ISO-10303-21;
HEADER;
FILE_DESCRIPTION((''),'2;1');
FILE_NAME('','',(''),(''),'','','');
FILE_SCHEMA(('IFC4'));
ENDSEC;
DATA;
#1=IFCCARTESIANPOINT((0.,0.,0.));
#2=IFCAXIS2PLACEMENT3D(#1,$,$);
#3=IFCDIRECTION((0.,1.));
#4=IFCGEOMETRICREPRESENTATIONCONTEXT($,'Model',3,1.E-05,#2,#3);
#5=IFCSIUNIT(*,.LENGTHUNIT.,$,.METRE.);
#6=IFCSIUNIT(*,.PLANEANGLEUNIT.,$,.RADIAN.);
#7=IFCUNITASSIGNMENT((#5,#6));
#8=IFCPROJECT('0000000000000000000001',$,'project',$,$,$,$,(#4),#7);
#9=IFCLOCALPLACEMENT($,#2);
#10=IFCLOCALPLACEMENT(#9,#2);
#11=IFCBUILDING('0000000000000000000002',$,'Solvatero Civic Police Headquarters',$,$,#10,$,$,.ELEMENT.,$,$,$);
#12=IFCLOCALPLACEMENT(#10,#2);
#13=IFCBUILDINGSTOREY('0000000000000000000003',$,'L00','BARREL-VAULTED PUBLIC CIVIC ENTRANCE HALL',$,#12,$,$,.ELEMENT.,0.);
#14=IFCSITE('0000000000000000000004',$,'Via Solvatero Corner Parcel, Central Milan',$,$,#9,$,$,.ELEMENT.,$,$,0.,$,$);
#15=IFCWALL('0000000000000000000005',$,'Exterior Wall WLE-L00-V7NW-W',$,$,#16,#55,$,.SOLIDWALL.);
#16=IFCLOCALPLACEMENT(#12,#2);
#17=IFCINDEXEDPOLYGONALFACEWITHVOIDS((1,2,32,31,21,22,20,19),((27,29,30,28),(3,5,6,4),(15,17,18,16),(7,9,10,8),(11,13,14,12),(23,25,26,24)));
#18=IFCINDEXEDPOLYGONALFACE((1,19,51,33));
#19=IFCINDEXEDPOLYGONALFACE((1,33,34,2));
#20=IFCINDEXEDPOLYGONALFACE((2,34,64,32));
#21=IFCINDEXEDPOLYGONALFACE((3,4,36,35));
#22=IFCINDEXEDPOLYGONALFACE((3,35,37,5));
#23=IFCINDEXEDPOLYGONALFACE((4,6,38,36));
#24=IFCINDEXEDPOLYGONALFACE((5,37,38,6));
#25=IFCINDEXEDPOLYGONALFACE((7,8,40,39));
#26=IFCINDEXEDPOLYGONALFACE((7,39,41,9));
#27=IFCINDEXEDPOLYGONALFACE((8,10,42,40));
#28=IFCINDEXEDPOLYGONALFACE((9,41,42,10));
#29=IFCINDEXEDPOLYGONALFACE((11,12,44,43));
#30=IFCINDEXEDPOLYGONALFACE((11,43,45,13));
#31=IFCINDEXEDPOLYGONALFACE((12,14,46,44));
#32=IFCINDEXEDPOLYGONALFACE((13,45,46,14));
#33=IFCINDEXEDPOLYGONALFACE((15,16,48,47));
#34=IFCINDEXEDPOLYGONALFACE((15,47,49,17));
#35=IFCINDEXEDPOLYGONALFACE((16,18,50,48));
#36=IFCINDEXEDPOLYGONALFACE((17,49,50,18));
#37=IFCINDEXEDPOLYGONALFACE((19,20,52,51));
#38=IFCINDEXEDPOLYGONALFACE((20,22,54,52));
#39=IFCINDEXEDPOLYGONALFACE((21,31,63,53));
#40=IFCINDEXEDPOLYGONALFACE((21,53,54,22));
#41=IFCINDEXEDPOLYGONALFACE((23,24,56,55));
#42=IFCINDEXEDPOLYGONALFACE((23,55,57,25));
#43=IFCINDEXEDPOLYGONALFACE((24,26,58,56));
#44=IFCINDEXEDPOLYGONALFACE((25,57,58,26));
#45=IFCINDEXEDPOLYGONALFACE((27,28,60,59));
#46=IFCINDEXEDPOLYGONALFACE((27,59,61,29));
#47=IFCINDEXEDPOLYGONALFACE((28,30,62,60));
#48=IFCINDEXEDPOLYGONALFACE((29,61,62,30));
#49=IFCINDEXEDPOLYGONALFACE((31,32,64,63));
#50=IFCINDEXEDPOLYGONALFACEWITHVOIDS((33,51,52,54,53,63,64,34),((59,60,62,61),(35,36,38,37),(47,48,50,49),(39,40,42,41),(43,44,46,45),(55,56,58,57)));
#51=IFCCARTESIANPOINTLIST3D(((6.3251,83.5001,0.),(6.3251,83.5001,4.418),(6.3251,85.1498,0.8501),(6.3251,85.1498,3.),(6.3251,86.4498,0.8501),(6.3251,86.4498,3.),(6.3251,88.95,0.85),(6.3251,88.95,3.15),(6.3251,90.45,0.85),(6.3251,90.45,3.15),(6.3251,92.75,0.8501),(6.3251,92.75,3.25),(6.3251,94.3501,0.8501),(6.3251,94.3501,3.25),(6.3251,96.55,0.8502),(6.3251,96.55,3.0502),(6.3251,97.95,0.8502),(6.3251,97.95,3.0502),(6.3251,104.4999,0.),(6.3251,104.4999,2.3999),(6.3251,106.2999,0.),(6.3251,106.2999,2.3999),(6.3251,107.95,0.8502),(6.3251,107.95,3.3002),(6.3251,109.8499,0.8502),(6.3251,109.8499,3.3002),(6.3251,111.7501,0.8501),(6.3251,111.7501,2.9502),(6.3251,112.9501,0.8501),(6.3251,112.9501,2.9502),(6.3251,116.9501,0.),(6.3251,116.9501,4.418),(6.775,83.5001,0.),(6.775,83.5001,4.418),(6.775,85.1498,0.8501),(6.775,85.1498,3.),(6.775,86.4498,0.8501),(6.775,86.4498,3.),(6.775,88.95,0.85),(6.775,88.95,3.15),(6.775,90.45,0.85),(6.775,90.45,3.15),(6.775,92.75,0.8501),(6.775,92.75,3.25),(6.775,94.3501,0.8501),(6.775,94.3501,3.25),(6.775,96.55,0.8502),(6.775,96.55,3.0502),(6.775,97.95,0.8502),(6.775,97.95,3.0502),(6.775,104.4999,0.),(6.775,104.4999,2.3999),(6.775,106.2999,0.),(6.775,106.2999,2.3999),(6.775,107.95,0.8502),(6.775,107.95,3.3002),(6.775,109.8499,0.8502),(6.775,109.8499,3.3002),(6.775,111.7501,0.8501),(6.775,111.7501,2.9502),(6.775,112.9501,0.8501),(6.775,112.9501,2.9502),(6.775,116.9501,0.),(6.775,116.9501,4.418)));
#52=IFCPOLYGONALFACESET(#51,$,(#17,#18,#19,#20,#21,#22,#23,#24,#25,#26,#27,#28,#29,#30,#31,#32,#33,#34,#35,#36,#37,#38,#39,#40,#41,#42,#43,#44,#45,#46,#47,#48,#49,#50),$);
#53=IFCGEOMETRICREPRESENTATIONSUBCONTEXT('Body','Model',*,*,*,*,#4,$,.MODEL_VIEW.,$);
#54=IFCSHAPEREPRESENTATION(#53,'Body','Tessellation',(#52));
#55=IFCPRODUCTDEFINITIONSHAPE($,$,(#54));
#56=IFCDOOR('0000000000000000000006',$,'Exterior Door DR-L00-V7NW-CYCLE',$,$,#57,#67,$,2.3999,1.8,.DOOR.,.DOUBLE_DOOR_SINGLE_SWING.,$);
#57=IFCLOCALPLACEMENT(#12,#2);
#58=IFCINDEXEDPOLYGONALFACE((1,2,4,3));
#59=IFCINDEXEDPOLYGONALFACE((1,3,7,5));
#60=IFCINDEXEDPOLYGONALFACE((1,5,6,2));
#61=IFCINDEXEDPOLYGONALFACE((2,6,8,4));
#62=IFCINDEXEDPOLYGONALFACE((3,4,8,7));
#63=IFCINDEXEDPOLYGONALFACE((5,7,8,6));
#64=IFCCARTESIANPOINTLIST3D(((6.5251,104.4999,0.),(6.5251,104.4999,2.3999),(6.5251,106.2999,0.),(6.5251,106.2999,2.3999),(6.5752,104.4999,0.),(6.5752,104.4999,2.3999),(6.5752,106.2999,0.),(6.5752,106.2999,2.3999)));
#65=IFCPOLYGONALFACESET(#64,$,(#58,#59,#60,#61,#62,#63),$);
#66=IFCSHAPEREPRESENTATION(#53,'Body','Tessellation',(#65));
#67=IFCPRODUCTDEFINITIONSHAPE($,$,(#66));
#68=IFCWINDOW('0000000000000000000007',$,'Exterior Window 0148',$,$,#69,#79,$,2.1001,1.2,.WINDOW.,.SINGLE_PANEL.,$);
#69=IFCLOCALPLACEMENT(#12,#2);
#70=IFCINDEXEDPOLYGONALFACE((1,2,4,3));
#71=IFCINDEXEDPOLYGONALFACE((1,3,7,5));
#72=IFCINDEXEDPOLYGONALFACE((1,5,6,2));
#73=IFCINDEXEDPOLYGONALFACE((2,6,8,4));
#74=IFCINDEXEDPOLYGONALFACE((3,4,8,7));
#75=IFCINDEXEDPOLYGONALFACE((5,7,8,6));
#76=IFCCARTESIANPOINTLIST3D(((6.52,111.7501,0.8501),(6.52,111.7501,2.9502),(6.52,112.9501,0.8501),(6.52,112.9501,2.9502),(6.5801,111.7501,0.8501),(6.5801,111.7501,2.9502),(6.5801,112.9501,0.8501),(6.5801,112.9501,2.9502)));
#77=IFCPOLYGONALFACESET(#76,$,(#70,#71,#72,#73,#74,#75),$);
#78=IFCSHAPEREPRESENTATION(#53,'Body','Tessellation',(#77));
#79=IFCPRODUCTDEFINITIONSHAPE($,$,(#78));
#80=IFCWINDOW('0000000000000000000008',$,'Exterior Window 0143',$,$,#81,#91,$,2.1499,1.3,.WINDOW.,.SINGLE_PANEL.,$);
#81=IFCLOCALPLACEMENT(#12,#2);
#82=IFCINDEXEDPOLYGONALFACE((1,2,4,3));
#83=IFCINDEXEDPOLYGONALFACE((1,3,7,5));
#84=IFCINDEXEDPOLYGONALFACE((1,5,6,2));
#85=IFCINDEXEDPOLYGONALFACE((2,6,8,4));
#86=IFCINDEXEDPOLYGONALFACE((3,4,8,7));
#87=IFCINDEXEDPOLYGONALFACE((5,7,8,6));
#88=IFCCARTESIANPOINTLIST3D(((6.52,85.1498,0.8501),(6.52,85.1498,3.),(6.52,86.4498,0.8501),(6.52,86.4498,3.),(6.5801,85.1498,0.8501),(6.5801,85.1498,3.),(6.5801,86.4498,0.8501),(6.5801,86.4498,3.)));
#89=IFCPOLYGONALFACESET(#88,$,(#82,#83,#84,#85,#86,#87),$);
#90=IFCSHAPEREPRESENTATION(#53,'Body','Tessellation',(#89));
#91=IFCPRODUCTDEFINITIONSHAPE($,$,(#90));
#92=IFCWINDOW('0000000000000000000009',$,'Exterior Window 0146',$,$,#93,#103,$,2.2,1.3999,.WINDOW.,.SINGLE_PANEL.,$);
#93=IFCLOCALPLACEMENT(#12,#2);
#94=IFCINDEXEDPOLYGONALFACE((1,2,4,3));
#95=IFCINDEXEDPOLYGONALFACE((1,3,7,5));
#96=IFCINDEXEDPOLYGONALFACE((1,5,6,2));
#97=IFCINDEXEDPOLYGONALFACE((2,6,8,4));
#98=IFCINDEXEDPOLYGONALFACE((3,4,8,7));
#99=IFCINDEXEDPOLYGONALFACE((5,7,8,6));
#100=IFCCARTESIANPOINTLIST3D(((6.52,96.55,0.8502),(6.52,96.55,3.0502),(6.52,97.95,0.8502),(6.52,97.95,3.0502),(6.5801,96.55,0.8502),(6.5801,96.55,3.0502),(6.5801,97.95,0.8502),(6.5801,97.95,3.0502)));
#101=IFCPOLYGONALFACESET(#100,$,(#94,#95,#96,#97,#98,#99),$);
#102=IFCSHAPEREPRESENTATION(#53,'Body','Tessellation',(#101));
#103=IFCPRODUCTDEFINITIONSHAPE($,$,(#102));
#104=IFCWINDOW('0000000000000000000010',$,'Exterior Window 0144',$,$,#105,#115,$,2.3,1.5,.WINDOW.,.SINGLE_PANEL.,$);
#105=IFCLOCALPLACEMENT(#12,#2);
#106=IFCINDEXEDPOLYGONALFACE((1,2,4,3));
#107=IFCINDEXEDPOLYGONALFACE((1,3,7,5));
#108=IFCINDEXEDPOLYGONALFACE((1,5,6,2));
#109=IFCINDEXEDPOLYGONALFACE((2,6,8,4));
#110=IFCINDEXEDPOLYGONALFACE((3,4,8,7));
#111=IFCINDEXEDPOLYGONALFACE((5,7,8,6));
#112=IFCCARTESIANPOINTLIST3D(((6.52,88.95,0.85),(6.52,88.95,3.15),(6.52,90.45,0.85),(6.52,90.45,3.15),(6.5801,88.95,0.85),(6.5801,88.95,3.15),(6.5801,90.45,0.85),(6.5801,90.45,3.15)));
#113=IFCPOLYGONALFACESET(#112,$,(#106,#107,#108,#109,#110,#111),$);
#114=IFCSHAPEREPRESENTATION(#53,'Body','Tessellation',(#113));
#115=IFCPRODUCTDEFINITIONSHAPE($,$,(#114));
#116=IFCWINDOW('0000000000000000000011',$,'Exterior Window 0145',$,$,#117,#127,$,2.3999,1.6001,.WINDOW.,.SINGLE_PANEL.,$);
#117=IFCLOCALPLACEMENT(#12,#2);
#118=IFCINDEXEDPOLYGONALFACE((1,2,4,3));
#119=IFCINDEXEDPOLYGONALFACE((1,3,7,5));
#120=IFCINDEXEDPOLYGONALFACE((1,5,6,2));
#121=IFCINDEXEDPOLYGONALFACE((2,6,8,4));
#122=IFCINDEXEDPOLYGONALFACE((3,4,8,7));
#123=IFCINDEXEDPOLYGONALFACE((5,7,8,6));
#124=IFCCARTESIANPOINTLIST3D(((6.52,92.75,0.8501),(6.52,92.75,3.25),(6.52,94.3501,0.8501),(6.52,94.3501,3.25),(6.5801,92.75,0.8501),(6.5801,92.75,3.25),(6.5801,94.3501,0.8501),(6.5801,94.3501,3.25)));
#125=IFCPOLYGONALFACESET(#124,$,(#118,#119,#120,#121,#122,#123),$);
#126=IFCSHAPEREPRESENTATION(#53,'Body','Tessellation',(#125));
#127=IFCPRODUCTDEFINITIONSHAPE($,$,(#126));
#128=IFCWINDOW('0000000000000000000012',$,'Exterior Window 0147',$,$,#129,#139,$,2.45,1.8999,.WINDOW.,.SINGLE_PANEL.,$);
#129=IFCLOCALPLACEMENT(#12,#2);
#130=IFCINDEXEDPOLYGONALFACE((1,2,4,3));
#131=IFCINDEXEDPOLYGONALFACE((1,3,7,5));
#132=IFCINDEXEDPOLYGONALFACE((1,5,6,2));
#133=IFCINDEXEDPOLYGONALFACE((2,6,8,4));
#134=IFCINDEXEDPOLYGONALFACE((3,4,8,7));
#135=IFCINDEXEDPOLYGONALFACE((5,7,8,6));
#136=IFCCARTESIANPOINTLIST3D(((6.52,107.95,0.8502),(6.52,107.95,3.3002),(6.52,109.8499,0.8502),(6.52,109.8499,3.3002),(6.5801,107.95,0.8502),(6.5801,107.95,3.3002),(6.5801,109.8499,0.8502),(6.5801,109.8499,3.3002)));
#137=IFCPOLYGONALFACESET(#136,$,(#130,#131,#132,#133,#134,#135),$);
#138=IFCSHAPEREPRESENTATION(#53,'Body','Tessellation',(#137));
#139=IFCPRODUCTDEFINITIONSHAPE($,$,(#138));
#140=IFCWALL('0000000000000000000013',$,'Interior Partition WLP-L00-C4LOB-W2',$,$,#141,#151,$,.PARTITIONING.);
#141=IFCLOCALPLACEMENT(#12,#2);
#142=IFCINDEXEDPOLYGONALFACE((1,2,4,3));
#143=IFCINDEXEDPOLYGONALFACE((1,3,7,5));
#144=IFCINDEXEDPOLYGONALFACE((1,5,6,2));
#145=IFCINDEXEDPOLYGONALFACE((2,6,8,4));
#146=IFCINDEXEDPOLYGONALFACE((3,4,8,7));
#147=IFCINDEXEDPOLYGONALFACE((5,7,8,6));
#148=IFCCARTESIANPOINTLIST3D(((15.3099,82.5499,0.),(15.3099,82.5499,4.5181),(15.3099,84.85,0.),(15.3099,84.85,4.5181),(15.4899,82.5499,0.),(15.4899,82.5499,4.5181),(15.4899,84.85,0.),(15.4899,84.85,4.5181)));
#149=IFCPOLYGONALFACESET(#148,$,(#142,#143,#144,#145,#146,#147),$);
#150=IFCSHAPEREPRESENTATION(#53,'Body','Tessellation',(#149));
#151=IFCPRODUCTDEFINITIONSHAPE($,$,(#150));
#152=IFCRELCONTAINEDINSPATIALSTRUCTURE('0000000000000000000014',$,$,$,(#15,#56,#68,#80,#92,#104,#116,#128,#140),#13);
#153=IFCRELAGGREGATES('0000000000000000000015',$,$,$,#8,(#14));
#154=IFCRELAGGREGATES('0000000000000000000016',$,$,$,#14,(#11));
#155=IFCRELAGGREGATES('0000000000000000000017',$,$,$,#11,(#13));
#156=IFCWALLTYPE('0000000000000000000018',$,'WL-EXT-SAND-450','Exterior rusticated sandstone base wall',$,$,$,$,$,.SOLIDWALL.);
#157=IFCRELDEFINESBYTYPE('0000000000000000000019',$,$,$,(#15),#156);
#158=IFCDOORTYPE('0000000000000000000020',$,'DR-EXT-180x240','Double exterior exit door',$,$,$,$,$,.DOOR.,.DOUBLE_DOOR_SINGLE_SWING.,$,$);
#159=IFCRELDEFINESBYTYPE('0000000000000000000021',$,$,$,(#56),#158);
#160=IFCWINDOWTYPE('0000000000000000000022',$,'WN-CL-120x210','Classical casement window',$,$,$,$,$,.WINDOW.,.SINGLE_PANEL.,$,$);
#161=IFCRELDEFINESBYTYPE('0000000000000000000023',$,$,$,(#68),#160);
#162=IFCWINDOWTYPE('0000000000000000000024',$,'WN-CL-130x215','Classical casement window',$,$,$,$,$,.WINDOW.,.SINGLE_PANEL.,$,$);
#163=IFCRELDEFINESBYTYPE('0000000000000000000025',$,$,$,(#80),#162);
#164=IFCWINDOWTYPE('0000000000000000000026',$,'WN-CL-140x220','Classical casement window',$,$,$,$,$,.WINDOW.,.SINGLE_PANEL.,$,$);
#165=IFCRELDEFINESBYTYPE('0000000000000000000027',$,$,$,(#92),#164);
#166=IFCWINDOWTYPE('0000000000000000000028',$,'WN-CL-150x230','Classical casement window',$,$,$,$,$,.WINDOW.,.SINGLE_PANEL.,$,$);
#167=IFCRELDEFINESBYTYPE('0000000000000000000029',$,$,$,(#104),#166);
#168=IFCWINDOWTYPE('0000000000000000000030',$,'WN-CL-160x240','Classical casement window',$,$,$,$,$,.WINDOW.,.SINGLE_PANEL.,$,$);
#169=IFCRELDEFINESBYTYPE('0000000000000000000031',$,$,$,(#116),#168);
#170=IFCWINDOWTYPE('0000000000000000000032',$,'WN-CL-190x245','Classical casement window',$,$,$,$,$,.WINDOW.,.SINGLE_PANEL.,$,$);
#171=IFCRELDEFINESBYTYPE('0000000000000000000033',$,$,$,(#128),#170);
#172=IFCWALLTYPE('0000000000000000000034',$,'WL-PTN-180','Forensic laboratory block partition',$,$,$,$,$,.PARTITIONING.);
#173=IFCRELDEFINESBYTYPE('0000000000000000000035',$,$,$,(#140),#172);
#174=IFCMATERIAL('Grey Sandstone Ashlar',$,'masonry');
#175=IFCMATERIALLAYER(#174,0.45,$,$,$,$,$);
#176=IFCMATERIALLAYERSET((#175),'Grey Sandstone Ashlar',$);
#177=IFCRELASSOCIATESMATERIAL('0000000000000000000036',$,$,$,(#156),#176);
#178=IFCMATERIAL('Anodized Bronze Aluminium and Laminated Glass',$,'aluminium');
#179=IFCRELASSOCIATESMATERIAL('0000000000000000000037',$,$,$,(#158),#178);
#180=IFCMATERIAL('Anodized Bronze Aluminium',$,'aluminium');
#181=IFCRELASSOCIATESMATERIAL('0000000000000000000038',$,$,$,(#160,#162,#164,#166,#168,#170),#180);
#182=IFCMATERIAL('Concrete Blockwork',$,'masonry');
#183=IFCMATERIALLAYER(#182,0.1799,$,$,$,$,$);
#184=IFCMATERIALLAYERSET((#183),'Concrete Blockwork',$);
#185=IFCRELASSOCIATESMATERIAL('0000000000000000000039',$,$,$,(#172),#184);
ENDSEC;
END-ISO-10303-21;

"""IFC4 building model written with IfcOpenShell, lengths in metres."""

from ifc_helpers import new_model, si_unit, direction, frame, frame_2d, origin, place, context, subcontext, project, spatial, rectangle, extrude, material, layer, layer_set, type_object, element, fill, save


model = new_model("IFC4")

# Units and contexts
model_context = context("Model", 3, precision=1e-05, world=origin(), true_north=direction((0.0, 1.0)))
body_context = subcontext(model_context, "Body", "Model", "MODEL_VIEW")
ifc_project = project(units=[si_unit("LENGTHUNIT", "METRE"), si_unit("PLANEANGLEUNIT", "RADIAN")], contexts=[model_context])

# Site, building, storey
site_placement = place(None, origin())
site = spatial("IfcSite", under=ifc_project, at=site_placement, Name="Via Solvatero Corner Parcel, Central Milan", CompositionType="ELEMENT", RefElevation=0.0)
building_placement = place(site_placement, origin())
building = spatial("IfcBuilding", under=site, at=building_placement, Name="Solvatero Civic Police Headquarters", CompositionType="ELEMENT")
storey_placement = place(building_placement, origin())
storey = spatial("IfcBuildingStorey", under=building, at=storey_placement, Name="L00", Description="BARREL-VAULTED PUBLIC CIVIC ENTRANCE HALL", CompositionType="ELEMENT", Elevation=0.0)

# Wall, openings, door, windows
ifc_material_1 = material(Name="Grey Sandstone Ashlar", Category="masonry")
ifc_layer_1 = layer(ifc_material_1, 0.45)
ifc_layer_set_1 = layer_set([ifc_layer_1], Name="Grey Sandstone Ashlar")
wall_type_1 = type_object("IfcWallType", Name="WL-EXT-SAND-450", Description="Exterior rusticated sandstone base wall", PredefinedType="SOLIDWALL", material=ifc_layer_set_1)
wall_1_placement = place(storey_placement, frame((6.55, 83.5, 0.0), z_axis=(0.0, 0.0, 1.0), x_axis=(0.0, 1.0, 0.0)))
wall_1 = element("IfcWall", 1, at=wall_1_placement, inside=storey, type_object=wall_type_1, Name="Exterior Wall WLE-L00-V7NW-W", PredefinedType="SOLIDWALL", context=body_context, shape_type="SweptSolid", body=[
    extrude(rectangle(XDim=33.45, YDim=0.45, at=frame_2d((16.7251, 0.0))), origin(), (0.0, 0.0, 1.0), 4.418),
])
opening_1_placement = place(wall_1_placement, frame((21.0, 0.0, 0.0)))
opening_1 = element("IfcOpeningElement", 2, at=opening_1_placement, cuts=wall_1, PredefinedType="OPENING", context=body_context, shape_type="SweptSolid", body=[
    extrude(rectangle(XDim=1.8, YDim=2.3999, at=frame_2d((0.8999, 1.2))), frame((0.0, 0.2349, 0.0), z_axis=(0.0, -1.0, 0.0), x_axis=(1.0, 0.0, 0.0)), (0.0, 0.0, 1.0), 0.47),
])
opening_2_placement = place(wall_1_placement, frame((1.6499, 0.0, 0.8501)))
opening_2 = element("IfcOpeningElement", 3, at=opening_2_placement, cuts=wall_1, PredefinedType="OPENING", context=body_context, shape_type="SweptSolid", body=[
    extrude(rectangle(XDim=1.3, YDim=2.1499, at=frame_2d((0.6499, 1.075))), frame((0.0, 0.2349, 0.0), z_axis=(0.0, -1.0, 0.0), x_axis=(1.0, 0.0, 0.0)), (0.0, 0.0, 1.0), 0.47),
])
opening_3_placement = place(wall_1_placement, frame((5.45, 0.0, 0.8501)))
opening_3 = element("IfcOpeningElement", 4, at=opening_3_placement, cuts=wall_1, PredefinedType="OPENING", context=body_context, shape_type="SweptSolid", body=[
    extrude(rectangle(XDim=1.5, YDim=2.3, at=frame_2d((0.75, 1.1499))), frame((0.0, 0.2349, 0.0), z_axis=(0.0, -1.0, 0.0), x_axis=(1.0, 0.0, 0.0)), (0.0, 0.0, 1.0), 0.47),
])
opening_4_placement = place(wall_1_placement, frame((9.25, 0.0, 0.8501)))
opening_4 = element("IfcOpeningElement", 5, at=opening_4_placement, cuts=wall_1, PredefinedType="OPENING", context=body_context, shape_type="SweptSolid", body=[
    extrude(rectangle(XDim=1.6001, YDim=2.3999, at=frame_2d((0.8, 1.2))), frame((0.0, 0.2349, 0.0), z_axis=(0.0, -1.0, 0.0), x_axis=(1.0, 0.0, 0.0)), (0.0, 0.0, 1.0), 0.47),
])
opening_5_placement = place(wall_1_placement, frame((13.05, 0.0, 0.8501)))
opening_5 = element("IfcOpeningElement", 6, at=opening_5_placement, cuts=wall_1, PredefinedType="OPENING", context=body_context, shape_type="SweptSolid", body=[
    extrude(rectangle(XDim=1.3999, YDim=2.2, at=frame_2d((0.7, 1.1001))), frame((0.0, 0.2349, 0.0), z_axis=(0.0, -1.0, 0.0), x_axis=(1.0, 0.0, 0.0)), (0.0, 0.0, 1.0), 0.47),
])
opening_6_placement = place(wall_1_placement, frame((24.45, 0.0, 0.8501)))
opening_6 = element("IfcOpeningElement", 7, at=opening_6_placement, cuts=wall_1, PredefinedType="OPENING", context=body_context, shape_type="SweptSolid", body=[
    extrude(rectangle(XDim=1.8999, YDim=2.45, at=frame_2d((0.95, 1.2251))), frame((0.0, 0.2349, 0.0), z_axis=(0.0, -1.0, 0.0), x_axis=(1.0, 0.0, 0.0)), (0.0, 0.0, 1.0), 0.47),
])
opening_7_placement = place(wall_1_placement, frame((28.25, 0.0, 0.8501)))
opening_7 = element("IfcOpeningElement", 8, at=opening_7_placement, cuts=wall_1, PredefinedType="OPENING", context=body_context, shape_type="SweptSolid", body=[
    extrude(rectangle(XDim=1.2, YDim=2.1001, at=frame_2d((0.6001, 1.05))), frame((0.0, 0.2349, 0.0), z_axis=(0.0, -1.0, 0.0), x_axis=(1.0, 0.0, 0.0)), (0.0, 0.0, 1.0), 0.47),
])
ifc_material_2 = material(Name="Anodized Bronze Aluminium and Laminated Glass", Category="aluminium")
door_type_1 = type_object("IfcDoorType", Name="DR-EXT-180x240", Description="Double exterior exit door", OperationType="DOUBLE_DOOR_SINGLE_SWING", PredefinedType="DOOR", material=ifc_material_2)
door_1_placement = place(opening_1_placement, origin())
door_1 = element("IfcDoor", 9, at=door_1_placement, inside=storey, type_object=door_type_1, Name="Exterior Door DR-L00-V7NW-CYCLE", OperationType="DOUBLE_DOOR_SINGLE_SWING", OverallHeight=2.3999, OverallWidth=1.8, PredefinedType="DOOR", context=body_context, shape_type="SweptSolid", body=[
    extrude(rectangle(XDim=1.8, YDim=2.3999, at=frame_2d((0.8999, 1.2))), frame((0.0, 0.0249, 0.0), z_axis=(0.0, -1.0, 0.0), x_axis=(1.0, 0.0, 0.0)), (0.0, 0.0, 1.0), 0.05),
])
fill(opening_1, door_1)
ifc_material_3 = material(Name="Anodized Bronze Aluminium", Category="aluminium")
window_type_1 = type_object("IfcWindowType", Name="WN-CL-120x210", Description="Classical casement window", PartitioningType="SINGLE_PANEL", PredefinedType="WINDOW", material=ifc_material_3)
window_1_placement = place(opening_7_placement, origin())
window_1 = element("IfcWindow", 10, at=window_1_placement, inside=storey, type_object=window_type_1, Name="Exterior Window 0148", OverallHeight=2.1001, OverallWidth=1.2, PartitioningType="SINGLE_PANEL", PredefinedType="WINDOW", context=body_context, shape_type="SweptSolid", body=[
    extrude(rectangle(XDim=1.2, YDim=2.1001, at=frame_2d((0.6001, 1.05))), frame((0.0, 0.03, 0.0), z_axis=(0.0, -1.0, 0.0), x_axis=(1.0, 0.0, 0.0)), (0.0, 0.0, 1.0), 0.0601),
])
fill(opening_7, window_1)
window_type_2 = type_object("IfcWindowType", Name="WN-CL-130x215", Description="Classical casement window", PartitioningType="SINGLE_PANEL", PredefinedType="WINDOW", material=ifc_material_3)
window_2_placement = place(opening_2_placement, origin())
window_2 = element("IfcWindow", 11, at=window_2_placement, inside=storey, type_object=window_type_2, Name="Exterior Window 0143", OverallHeight=2.1499, OverallWidth=1.3, PartitioningType="SINGLE_PANEL", PredefinedType="WINDOW", context=body_context, shape_type="SweptSolid", body=[
    extrude(rectangle(XDim=1.3, YDim=2.1499, at=frame_2d((0.6499, 1.075))), frame((0.0, 0.03, 0.0), z_axis=(0.0, -1.0, 0.0), x_axis=(1.0, 0.0, 0.0)), (0.0, 0.0, 1.0), 0.0601),
])
fill(opening_2, window_2)
window_type_3 = type_object("IfcWindowType", Name="WN-CL-140x220", Description="Classical casement window", PartitioningType="SINGLE_PANEL", PredefinedType="WINDOW", material=ifc_material_3)
window_3_placement = place(opening_5_placement, origin())
window_3 = element("IfcWindow", 12, at=window_3_placement, inside=storey, type_object=window_type_3, Name="Exterior Window 0146", OverallHeight=2.2, OverallWidth=1.3999, PartitioningType="SINGLE_PANEL", PredefinedType="WINDOW", context=body_context, shape_type="SweptSolid", body=[
    extrude(rectangle(XDim=1.3999, YDim=2.2, at=frame_2d((0.7, 1.1001))), frame((0.0, 0.03, 0.0), z_axis=(0.0, -1.0, 0.0), x_axis=(1.0, 0.0, 0.0)), (0.0, 0.0, 1.0), 0.0601),
])
fill(opening_5, window_3)
window_type_4 = type_object("IfcWindowType", Name="WN-CL-150x230", Description="Classical casement window", PartitioningType="SINGLE_PANEL", PredefinedType="WINDOW", material=ifc_material_3)
window_4_placement = place(opening_3_placement, origin())
window_4 = element("IfcWindow", 13, at=window_4_placement, inside=storey, type_object=window_type_4, Name="Exterior Window 0144", OverallHeight=2.3, OverallWidth=1.5, PartitioningType="SINGLE_PANEL", PredefinedType="WINDOW", context=body_context, shape_type="SweptSolid", body=[
    extrude(rectangle(XDim=1.5, YDim=2.3, at=frame_2d((0.75, 1.1499))), frame((0.0, 0.03, 0.0), z_axis=(0.0, -1.0, 0.0), x_axis=(1.0, 0.0, 0.0)), (0.0, 0.0, 1.0), 0.0601),
])
fill(opening_3, window_4)
window_type_5 = type_object("IfcWindowType", Name="WN-CL-160x240", Description="Classical casement window", PartitioningType="SINGLE_PANEL", PredefinedType="WINDOW", material=ifc_material_3)
window_5_placement = place(opening_4_placement, origin())
window_5 = element("IfcWindow", 14, at=window_5_placement, inside=storey, type_object=window_type_5, Name="Exterior Window 0145", OverallHeight=2.3999, OverallWidth=1.6001, PartitioningType="SINGLE_PANEL", PredefinedType="WINDOW", context=body_context, shape_type="SweptSolid", body=[
    extrude(rectangle(XDim=1.6001, YDim=2.3999, at=frame_2d((0.8, 1.2))), frame((0.0, 0.03, 0.0), z_axis=(0.0, -1.0, 0.0), x_axis=(1.0, 0.0, 0.0)), (0.0, 0.0, 1.0), 0.0601),
])
fill(opening_4, window_5)
window_type_6 = type_object("IfcWindowType", Name="WN-CL-190x245", Description="Classical casement window", PartitioningType="SINGLE_PANEL", PredefinedType="WINDOW", material=ifc_material_3)
window_6_placement = place(opening_6_placement, origin())
window_6 = element("IfcWindow", 15, at=window_6_placement, inside=storey, type_object=window_type_6, Name="Exterior Window 0147", OverallHeight=2.45, OverallWidth=1.8999, PartitioningType="SINGLE_PANEL", PredefinedType="WINDOW", context=body_context, shape_type="SweptSolid", body=[
    extrude(rectangle(XDim=1.8999, YDim=2.45, at=frame_2d((0.95, 1.2251))), frame((0.0, 0.03, 0.0), z_axis=(0.0, -1.0, 0.0), x_axis=(1.0, 0.0, 0.0)), (0.0, 0.0, 1.0), 0.0601),
])
fill(opening_6, window_6)

# Wall
ifc_material_4 = material(Name="Concrete Blockwork", Category="masonry")
ifc_layer_2 = layer(ifc_material_4, 0.1799)
ifc_layer_set_2 = layer_set([ifc_layer_2], Name="Concrete Blockwork")
wall_type_2 = type_object("IfcWallType", Name="WL-PTN-180", Description="Forensic laboratory block partition", PredefinedType="PARTITIONING", material=ifc_layer_set_2)
wall_2_placement = place(storey_placement, frame((15.3999, 82.55, 0.0), z_axis=(0.0, 0.0, 1.0), x_axis=(0.0, 1.0, 0.0)))
element("IfcWall", 16, at=wall_2_placement, inside=storey, type_object=wall_type_2, Name="Interior Partition WLP-L00-C4LOB-W2", PredefinedType="PARTITIONING", context=body_context, shape_type="SweptSolid", body=[
    extrude(rectangle(XDim=2.3, YDim=0.1799, at=frame_2d((1.1499, 0.0))), origin(), (0.0, 0.0, 1.0), 4.5181),
])

save(model, "model.ifc")
